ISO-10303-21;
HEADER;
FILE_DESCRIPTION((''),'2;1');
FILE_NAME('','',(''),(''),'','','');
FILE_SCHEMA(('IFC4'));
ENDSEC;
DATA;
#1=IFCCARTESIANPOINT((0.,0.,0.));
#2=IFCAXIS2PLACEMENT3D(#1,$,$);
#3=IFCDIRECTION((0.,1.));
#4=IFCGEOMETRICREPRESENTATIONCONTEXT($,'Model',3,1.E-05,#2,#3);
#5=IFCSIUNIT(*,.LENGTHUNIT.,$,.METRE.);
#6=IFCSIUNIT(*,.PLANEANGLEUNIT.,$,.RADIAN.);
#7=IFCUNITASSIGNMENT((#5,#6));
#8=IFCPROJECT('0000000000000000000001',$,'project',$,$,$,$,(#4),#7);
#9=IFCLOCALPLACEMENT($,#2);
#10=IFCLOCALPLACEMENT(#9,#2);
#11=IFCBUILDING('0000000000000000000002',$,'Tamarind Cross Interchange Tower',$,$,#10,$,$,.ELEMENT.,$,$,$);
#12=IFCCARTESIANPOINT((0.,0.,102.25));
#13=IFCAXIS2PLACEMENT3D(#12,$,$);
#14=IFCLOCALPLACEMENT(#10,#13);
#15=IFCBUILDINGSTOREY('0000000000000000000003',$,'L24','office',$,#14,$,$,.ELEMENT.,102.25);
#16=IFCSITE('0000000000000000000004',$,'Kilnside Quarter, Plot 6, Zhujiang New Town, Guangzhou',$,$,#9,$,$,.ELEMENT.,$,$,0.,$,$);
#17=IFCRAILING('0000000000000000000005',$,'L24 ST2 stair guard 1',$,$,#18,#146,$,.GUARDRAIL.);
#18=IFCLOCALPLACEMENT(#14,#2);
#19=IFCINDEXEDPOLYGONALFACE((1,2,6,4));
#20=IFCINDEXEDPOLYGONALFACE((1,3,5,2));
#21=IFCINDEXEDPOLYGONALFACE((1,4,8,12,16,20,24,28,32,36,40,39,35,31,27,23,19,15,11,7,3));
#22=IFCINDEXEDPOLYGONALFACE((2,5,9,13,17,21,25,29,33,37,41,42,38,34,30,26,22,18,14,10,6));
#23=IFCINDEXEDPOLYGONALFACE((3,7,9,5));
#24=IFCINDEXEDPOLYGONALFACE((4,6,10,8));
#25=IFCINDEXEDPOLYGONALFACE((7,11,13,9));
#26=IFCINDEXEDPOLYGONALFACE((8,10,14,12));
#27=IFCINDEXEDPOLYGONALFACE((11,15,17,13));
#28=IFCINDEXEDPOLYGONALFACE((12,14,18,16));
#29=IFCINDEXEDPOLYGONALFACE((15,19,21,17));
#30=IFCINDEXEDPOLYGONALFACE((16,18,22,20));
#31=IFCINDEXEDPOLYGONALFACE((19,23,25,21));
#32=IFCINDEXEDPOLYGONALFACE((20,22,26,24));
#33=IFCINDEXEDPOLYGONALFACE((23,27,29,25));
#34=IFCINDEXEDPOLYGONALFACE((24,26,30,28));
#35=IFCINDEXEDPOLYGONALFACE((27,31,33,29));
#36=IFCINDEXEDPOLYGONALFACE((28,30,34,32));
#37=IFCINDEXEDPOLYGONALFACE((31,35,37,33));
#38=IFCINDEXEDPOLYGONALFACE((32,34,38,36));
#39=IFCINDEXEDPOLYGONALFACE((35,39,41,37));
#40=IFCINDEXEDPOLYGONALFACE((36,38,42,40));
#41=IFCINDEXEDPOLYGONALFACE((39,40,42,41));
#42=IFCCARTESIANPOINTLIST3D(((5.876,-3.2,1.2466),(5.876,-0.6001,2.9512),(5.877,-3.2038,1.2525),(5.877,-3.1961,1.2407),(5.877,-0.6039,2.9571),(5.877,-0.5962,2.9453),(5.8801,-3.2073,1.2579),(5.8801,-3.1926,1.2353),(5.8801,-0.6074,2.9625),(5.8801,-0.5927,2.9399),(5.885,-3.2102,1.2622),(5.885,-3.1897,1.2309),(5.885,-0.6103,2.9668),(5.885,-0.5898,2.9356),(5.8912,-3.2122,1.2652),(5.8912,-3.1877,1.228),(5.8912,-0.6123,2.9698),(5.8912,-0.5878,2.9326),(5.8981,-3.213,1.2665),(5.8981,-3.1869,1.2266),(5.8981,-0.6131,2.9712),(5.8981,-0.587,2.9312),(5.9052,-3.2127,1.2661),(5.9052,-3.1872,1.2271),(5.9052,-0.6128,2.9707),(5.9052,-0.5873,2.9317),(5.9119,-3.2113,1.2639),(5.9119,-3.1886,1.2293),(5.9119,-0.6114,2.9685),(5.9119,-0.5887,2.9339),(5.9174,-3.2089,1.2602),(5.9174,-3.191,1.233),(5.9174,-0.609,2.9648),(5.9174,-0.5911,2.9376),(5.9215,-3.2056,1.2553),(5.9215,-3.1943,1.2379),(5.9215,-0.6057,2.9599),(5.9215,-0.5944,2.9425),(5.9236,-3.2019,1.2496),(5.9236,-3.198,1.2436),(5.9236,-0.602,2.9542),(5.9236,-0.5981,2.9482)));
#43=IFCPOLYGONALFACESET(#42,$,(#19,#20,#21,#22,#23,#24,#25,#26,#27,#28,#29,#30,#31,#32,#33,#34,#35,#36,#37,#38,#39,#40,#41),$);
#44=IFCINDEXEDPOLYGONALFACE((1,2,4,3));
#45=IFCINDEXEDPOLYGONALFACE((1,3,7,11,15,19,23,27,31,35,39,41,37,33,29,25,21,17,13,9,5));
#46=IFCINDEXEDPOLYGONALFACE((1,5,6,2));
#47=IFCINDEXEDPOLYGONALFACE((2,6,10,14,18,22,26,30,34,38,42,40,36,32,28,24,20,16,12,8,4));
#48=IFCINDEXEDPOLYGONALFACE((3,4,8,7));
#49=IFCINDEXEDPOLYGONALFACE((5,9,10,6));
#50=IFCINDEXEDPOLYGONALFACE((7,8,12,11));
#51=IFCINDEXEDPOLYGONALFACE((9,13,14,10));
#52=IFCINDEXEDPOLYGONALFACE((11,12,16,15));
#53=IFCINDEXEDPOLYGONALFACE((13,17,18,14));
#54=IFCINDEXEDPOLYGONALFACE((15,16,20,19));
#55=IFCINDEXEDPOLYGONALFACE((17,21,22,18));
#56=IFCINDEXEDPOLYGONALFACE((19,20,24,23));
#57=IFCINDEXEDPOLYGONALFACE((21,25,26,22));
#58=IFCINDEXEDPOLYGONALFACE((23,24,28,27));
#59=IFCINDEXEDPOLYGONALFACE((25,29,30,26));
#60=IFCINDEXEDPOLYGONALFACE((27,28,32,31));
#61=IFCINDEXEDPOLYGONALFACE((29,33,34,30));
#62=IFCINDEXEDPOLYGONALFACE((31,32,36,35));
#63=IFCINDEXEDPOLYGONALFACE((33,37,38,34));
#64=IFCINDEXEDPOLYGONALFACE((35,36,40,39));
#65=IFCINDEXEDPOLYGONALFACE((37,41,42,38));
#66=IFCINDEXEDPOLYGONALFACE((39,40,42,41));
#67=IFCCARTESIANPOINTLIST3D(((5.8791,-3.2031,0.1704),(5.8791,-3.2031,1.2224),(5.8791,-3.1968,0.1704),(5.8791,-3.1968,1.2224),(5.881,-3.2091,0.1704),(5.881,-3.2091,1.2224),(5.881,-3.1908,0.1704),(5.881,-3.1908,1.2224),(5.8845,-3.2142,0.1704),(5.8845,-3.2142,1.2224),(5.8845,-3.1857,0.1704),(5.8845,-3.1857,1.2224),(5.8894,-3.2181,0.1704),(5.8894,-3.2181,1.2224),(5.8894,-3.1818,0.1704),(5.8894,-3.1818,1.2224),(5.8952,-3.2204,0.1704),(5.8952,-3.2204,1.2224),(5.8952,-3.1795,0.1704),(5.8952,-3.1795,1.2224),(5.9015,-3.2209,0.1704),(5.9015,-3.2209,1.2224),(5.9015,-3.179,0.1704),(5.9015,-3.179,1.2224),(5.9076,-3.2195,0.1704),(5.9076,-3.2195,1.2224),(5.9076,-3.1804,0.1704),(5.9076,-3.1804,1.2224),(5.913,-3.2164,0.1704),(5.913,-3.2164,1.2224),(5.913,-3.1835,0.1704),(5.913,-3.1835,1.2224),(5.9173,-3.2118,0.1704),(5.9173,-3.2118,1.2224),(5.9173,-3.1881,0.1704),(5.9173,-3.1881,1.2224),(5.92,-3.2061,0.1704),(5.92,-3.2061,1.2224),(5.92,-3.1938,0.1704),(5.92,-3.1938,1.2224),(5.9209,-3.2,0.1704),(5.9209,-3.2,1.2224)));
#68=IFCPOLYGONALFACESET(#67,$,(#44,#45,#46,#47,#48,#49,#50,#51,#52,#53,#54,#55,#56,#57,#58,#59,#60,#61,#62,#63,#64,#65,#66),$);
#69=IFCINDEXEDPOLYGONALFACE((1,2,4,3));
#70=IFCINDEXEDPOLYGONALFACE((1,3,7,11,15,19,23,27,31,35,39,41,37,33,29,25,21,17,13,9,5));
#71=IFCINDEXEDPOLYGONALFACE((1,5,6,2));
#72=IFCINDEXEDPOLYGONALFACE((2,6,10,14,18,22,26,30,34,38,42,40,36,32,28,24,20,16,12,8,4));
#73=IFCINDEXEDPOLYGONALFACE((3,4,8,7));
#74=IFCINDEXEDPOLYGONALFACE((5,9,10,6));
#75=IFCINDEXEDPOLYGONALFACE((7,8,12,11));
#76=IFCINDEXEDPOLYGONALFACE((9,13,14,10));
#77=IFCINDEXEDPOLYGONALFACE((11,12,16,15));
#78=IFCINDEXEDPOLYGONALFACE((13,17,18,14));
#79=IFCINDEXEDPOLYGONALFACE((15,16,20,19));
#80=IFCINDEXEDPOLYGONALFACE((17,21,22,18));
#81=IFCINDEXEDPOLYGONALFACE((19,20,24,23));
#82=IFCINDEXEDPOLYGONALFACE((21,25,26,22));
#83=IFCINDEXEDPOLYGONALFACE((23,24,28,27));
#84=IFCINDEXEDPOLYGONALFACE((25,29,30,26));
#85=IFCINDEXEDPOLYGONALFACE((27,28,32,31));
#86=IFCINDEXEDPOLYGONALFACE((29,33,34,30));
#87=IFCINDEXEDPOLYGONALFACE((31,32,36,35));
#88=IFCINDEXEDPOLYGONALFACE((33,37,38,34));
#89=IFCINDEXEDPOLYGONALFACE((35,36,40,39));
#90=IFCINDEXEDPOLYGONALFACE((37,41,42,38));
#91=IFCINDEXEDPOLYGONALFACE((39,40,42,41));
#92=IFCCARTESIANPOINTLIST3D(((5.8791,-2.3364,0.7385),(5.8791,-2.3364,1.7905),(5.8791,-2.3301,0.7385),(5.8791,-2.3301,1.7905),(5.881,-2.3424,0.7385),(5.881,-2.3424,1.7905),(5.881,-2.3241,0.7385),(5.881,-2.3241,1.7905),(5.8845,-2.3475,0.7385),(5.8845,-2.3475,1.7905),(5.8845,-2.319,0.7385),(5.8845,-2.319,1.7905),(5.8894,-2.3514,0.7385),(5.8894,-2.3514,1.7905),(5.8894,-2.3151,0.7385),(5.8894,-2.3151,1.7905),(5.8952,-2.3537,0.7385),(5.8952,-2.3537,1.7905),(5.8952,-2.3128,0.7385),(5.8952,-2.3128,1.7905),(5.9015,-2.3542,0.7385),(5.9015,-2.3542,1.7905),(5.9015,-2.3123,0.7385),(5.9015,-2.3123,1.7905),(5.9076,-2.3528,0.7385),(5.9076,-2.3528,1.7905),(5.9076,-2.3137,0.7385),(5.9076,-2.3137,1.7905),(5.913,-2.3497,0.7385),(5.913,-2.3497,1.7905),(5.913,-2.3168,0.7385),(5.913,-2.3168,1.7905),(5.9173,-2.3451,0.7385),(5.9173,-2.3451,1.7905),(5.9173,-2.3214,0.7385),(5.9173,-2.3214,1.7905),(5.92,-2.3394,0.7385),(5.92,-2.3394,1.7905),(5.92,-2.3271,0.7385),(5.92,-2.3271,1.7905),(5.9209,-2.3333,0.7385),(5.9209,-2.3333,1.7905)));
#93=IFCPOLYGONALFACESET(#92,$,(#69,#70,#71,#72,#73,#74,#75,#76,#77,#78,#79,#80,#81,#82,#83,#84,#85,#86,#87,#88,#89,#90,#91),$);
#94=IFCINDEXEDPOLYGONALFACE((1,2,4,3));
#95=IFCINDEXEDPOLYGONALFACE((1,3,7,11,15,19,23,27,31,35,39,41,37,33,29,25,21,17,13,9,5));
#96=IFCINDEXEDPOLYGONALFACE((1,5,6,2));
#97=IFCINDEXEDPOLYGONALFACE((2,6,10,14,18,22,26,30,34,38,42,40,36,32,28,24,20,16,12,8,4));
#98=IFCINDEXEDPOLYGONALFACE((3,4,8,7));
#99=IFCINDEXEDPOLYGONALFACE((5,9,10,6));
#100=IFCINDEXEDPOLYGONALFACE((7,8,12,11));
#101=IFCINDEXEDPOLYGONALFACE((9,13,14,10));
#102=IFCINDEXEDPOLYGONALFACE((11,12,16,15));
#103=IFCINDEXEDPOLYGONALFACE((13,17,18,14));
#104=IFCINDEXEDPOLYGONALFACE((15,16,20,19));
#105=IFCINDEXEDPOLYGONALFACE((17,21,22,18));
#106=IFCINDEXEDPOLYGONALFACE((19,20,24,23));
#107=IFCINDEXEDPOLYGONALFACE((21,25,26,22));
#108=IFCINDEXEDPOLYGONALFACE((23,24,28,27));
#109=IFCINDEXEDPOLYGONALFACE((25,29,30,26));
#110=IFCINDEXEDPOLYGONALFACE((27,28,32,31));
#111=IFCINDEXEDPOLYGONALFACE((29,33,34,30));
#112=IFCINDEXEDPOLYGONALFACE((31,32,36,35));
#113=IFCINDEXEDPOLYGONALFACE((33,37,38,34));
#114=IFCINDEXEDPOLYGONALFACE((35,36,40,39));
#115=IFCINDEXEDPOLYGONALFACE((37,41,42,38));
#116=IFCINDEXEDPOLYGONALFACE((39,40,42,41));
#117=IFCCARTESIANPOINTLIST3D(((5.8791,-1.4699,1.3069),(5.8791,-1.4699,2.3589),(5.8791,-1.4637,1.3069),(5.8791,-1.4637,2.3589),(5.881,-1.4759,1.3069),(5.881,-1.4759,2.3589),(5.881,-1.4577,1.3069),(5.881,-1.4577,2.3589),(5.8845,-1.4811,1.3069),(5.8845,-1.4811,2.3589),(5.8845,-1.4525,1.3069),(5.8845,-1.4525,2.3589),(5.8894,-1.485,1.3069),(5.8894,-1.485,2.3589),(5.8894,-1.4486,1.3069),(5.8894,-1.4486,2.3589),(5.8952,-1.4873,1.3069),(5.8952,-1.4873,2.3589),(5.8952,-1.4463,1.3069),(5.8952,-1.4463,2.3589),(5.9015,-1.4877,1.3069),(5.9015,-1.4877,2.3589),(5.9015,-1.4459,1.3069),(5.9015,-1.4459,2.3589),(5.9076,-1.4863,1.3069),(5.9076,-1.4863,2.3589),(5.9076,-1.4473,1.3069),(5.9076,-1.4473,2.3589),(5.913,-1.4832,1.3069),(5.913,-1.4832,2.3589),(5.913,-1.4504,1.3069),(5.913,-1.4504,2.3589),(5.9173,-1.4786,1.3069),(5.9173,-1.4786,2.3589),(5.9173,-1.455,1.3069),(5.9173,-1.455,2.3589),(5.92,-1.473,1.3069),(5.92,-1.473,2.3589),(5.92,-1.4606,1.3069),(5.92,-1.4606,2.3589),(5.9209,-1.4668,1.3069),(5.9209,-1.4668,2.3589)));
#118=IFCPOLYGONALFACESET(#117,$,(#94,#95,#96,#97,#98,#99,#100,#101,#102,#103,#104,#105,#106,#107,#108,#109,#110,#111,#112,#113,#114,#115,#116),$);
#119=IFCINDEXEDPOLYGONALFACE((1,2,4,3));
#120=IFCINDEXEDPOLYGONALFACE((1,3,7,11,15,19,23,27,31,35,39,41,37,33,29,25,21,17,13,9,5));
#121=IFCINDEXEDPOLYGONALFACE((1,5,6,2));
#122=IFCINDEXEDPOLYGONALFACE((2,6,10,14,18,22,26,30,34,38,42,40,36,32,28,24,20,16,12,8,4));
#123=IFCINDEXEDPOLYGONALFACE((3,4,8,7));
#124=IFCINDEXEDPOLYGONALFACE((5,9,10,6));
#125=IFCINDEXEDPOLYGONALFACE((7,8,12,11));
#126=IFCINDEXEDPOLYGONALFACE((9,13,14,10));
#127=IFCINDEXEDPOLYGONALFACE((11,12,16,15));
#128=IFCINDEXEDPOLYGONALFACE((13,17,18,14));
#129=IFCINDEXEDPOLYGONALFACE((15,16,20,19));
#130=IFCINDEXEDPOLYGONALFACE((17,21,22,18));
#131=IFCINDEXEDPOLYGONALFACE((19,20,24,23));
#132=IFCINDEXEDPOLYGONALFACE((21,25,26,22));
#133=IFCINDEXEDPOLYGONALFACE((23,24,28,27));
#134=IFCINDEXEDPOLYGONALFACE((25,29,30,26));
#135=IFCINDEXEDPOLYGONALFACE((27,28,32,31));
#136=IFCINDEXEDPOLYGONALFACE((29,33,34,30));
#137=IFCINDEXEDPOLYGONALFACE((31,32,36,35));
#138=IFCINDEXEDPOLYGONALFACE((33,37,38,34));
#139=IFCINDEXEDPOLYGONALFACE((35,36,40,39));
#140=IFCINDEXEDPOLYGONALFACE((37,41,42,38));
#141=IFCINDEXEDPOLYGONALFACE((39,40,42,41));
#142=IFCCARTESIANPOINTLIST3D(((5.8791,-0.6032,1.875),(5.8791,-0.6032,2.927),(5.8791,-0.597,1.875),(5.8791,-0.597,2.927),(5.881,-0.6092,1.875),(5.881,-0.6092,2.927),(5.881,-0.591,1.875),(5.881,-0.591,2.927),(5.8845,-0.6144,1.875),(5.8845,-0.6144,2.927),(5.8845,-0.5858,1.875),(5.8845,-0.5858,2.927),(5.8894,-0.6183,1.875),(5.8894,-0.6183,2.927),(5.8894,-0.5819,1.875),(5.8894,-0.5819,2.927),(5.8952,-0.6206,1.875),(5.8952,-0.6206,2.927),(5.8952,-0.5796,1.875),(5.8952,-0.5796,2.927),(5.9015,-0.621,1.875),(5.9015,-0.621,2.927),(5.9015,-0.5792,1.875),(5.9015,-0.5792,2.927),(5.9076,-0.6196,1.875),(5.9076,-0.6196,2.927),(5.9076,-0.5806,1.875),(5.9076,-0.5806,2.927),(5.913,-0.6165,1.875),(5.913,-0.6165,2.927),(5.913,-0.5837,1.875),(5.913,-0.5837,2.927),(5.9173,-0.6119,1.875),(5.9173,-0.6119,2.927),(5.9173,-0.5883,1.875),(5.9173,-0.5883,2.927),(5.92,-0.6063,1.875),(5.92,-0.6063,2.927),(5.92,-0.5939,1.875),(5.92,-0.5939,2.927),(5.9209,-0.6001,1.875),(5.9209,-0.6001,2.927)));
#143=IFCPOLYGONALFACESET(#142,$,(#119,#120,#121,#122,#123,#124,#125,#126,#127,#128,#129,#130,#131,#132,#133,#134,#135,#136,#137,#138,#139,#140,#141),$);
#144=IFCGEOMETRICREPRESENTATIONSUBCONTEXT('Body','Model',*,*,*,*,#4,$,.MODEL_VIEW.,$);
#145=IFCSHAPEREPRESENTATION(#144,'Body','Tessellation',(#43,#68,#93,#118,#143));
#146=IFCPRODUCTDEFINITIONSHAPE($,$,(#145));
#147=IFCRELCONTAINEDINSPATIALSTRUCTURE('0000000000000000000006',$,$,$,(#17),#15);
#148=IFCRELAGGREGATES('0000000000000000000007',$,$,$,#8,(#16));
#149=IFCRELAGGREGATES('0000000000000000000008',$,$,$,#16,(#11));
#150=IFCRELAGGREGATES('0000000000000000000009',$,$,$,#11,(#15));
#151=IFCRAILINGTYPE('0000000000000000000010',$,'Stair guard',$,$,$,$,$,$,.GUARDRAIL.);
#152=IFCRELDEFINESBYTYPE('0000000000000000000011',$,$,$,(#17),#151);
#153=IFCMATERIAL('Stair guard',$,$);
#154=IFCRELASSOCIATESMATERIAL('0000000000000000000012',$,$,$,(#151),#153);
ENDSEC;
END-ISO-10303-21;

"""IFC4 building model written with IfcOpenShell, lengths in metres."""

from ifc_helpers import new_model, si_unit, direction, frame, origin, origin_2d, place, context, subcontext, project, spatial, circle, extrude, material, type_object, element, save


model = new_model("IFC4")

# Units and contexts
model_context = context("Model", 3, precision=1e-05, world=origin(), true_north=direction((0.0, 1.0)))
body_context = subcontext(model_context, "Body", "Model", "MODEL_VIEW")
ifc_project = project(units=[si_unit("LENGTHUNIT", "METRE"), si_unit("PLANEANGLEUNIT", "RADIAN")], contexts=[model_context])

# Site, building, storey
site_placement = place(None, origin())
site = spatial("IfcSite", under=ifc_project, at=site_placement, Name="Kilnside Quarter, Plot 6, Zhujiang New Town, Guangzhou", CompositionType="ELEMENT", RefElevation=0.0)
building_placement = place(site_placement, origin())
building = spatial("IfcBuilding", under=site, at=building_placement, Name="Tamarind Cross Interchange Tower", CompositionType="ELEMENT")
storey_placement = place(building_placement, frame((0.0, 0.0, 102.25)))
storey = spatial("IfcBuildingStorey", under=building, at=storey_placement, Name="L24", Description="office", CompositionType="ELEMENT", Elevation=102.25)

# Railing
ifc_material_1 = material(Name="Stair guard")
railing_type_1 = type_object("IfcRailingType", Name="Stair guard", PredefinedType="GUARDRAIL", material=ifc_material_1)
railing_1_placement = place(storey_placement, frame((5.8999, -3.2, 0.1704)))
element("IfcRailing", 1, at=railing_1_placement, inside=storey, type_object=railing_type_1, Name="L24 ST2 stair guard 1", PredefinedType="GUARDRAIL", context=body_context, shape_type="SweptSolid", body=[
    extrude(circle(Radius=0.0239, at=origin_2d()), frame((0.0, 0.0, 1.0762), z_axis=(0.0, 0.836279, 0.548305), x_axis=(-1.0, 0.0, 0.0)), (0.0, 0.0, 1.0), 3.1089),
    extrude(circle(Radius=0.021, at=origin_2d()), origin(), (0.0, 0.0, 1.0), 1.052),
    extrude(circle(Radius=0.021, at=origin_2d()), frame((0.0, 0.8667, 0.5681)), (0.0, 0.0, 1.0), 1.052),
    extrude(circle(Radius=0.021, at=origin_2d()), frame((0.0, 1.7332, 1.1365)), (0.0, 0.0, 1.0), 1.052),
    extrude(circle(Radius=0.021, at=origin_2d()), frame((0.0, 2.5999, 1.7046)), (0.0, 0.0, 1.0), 1.052),
])

save(model, "model.ifc")
